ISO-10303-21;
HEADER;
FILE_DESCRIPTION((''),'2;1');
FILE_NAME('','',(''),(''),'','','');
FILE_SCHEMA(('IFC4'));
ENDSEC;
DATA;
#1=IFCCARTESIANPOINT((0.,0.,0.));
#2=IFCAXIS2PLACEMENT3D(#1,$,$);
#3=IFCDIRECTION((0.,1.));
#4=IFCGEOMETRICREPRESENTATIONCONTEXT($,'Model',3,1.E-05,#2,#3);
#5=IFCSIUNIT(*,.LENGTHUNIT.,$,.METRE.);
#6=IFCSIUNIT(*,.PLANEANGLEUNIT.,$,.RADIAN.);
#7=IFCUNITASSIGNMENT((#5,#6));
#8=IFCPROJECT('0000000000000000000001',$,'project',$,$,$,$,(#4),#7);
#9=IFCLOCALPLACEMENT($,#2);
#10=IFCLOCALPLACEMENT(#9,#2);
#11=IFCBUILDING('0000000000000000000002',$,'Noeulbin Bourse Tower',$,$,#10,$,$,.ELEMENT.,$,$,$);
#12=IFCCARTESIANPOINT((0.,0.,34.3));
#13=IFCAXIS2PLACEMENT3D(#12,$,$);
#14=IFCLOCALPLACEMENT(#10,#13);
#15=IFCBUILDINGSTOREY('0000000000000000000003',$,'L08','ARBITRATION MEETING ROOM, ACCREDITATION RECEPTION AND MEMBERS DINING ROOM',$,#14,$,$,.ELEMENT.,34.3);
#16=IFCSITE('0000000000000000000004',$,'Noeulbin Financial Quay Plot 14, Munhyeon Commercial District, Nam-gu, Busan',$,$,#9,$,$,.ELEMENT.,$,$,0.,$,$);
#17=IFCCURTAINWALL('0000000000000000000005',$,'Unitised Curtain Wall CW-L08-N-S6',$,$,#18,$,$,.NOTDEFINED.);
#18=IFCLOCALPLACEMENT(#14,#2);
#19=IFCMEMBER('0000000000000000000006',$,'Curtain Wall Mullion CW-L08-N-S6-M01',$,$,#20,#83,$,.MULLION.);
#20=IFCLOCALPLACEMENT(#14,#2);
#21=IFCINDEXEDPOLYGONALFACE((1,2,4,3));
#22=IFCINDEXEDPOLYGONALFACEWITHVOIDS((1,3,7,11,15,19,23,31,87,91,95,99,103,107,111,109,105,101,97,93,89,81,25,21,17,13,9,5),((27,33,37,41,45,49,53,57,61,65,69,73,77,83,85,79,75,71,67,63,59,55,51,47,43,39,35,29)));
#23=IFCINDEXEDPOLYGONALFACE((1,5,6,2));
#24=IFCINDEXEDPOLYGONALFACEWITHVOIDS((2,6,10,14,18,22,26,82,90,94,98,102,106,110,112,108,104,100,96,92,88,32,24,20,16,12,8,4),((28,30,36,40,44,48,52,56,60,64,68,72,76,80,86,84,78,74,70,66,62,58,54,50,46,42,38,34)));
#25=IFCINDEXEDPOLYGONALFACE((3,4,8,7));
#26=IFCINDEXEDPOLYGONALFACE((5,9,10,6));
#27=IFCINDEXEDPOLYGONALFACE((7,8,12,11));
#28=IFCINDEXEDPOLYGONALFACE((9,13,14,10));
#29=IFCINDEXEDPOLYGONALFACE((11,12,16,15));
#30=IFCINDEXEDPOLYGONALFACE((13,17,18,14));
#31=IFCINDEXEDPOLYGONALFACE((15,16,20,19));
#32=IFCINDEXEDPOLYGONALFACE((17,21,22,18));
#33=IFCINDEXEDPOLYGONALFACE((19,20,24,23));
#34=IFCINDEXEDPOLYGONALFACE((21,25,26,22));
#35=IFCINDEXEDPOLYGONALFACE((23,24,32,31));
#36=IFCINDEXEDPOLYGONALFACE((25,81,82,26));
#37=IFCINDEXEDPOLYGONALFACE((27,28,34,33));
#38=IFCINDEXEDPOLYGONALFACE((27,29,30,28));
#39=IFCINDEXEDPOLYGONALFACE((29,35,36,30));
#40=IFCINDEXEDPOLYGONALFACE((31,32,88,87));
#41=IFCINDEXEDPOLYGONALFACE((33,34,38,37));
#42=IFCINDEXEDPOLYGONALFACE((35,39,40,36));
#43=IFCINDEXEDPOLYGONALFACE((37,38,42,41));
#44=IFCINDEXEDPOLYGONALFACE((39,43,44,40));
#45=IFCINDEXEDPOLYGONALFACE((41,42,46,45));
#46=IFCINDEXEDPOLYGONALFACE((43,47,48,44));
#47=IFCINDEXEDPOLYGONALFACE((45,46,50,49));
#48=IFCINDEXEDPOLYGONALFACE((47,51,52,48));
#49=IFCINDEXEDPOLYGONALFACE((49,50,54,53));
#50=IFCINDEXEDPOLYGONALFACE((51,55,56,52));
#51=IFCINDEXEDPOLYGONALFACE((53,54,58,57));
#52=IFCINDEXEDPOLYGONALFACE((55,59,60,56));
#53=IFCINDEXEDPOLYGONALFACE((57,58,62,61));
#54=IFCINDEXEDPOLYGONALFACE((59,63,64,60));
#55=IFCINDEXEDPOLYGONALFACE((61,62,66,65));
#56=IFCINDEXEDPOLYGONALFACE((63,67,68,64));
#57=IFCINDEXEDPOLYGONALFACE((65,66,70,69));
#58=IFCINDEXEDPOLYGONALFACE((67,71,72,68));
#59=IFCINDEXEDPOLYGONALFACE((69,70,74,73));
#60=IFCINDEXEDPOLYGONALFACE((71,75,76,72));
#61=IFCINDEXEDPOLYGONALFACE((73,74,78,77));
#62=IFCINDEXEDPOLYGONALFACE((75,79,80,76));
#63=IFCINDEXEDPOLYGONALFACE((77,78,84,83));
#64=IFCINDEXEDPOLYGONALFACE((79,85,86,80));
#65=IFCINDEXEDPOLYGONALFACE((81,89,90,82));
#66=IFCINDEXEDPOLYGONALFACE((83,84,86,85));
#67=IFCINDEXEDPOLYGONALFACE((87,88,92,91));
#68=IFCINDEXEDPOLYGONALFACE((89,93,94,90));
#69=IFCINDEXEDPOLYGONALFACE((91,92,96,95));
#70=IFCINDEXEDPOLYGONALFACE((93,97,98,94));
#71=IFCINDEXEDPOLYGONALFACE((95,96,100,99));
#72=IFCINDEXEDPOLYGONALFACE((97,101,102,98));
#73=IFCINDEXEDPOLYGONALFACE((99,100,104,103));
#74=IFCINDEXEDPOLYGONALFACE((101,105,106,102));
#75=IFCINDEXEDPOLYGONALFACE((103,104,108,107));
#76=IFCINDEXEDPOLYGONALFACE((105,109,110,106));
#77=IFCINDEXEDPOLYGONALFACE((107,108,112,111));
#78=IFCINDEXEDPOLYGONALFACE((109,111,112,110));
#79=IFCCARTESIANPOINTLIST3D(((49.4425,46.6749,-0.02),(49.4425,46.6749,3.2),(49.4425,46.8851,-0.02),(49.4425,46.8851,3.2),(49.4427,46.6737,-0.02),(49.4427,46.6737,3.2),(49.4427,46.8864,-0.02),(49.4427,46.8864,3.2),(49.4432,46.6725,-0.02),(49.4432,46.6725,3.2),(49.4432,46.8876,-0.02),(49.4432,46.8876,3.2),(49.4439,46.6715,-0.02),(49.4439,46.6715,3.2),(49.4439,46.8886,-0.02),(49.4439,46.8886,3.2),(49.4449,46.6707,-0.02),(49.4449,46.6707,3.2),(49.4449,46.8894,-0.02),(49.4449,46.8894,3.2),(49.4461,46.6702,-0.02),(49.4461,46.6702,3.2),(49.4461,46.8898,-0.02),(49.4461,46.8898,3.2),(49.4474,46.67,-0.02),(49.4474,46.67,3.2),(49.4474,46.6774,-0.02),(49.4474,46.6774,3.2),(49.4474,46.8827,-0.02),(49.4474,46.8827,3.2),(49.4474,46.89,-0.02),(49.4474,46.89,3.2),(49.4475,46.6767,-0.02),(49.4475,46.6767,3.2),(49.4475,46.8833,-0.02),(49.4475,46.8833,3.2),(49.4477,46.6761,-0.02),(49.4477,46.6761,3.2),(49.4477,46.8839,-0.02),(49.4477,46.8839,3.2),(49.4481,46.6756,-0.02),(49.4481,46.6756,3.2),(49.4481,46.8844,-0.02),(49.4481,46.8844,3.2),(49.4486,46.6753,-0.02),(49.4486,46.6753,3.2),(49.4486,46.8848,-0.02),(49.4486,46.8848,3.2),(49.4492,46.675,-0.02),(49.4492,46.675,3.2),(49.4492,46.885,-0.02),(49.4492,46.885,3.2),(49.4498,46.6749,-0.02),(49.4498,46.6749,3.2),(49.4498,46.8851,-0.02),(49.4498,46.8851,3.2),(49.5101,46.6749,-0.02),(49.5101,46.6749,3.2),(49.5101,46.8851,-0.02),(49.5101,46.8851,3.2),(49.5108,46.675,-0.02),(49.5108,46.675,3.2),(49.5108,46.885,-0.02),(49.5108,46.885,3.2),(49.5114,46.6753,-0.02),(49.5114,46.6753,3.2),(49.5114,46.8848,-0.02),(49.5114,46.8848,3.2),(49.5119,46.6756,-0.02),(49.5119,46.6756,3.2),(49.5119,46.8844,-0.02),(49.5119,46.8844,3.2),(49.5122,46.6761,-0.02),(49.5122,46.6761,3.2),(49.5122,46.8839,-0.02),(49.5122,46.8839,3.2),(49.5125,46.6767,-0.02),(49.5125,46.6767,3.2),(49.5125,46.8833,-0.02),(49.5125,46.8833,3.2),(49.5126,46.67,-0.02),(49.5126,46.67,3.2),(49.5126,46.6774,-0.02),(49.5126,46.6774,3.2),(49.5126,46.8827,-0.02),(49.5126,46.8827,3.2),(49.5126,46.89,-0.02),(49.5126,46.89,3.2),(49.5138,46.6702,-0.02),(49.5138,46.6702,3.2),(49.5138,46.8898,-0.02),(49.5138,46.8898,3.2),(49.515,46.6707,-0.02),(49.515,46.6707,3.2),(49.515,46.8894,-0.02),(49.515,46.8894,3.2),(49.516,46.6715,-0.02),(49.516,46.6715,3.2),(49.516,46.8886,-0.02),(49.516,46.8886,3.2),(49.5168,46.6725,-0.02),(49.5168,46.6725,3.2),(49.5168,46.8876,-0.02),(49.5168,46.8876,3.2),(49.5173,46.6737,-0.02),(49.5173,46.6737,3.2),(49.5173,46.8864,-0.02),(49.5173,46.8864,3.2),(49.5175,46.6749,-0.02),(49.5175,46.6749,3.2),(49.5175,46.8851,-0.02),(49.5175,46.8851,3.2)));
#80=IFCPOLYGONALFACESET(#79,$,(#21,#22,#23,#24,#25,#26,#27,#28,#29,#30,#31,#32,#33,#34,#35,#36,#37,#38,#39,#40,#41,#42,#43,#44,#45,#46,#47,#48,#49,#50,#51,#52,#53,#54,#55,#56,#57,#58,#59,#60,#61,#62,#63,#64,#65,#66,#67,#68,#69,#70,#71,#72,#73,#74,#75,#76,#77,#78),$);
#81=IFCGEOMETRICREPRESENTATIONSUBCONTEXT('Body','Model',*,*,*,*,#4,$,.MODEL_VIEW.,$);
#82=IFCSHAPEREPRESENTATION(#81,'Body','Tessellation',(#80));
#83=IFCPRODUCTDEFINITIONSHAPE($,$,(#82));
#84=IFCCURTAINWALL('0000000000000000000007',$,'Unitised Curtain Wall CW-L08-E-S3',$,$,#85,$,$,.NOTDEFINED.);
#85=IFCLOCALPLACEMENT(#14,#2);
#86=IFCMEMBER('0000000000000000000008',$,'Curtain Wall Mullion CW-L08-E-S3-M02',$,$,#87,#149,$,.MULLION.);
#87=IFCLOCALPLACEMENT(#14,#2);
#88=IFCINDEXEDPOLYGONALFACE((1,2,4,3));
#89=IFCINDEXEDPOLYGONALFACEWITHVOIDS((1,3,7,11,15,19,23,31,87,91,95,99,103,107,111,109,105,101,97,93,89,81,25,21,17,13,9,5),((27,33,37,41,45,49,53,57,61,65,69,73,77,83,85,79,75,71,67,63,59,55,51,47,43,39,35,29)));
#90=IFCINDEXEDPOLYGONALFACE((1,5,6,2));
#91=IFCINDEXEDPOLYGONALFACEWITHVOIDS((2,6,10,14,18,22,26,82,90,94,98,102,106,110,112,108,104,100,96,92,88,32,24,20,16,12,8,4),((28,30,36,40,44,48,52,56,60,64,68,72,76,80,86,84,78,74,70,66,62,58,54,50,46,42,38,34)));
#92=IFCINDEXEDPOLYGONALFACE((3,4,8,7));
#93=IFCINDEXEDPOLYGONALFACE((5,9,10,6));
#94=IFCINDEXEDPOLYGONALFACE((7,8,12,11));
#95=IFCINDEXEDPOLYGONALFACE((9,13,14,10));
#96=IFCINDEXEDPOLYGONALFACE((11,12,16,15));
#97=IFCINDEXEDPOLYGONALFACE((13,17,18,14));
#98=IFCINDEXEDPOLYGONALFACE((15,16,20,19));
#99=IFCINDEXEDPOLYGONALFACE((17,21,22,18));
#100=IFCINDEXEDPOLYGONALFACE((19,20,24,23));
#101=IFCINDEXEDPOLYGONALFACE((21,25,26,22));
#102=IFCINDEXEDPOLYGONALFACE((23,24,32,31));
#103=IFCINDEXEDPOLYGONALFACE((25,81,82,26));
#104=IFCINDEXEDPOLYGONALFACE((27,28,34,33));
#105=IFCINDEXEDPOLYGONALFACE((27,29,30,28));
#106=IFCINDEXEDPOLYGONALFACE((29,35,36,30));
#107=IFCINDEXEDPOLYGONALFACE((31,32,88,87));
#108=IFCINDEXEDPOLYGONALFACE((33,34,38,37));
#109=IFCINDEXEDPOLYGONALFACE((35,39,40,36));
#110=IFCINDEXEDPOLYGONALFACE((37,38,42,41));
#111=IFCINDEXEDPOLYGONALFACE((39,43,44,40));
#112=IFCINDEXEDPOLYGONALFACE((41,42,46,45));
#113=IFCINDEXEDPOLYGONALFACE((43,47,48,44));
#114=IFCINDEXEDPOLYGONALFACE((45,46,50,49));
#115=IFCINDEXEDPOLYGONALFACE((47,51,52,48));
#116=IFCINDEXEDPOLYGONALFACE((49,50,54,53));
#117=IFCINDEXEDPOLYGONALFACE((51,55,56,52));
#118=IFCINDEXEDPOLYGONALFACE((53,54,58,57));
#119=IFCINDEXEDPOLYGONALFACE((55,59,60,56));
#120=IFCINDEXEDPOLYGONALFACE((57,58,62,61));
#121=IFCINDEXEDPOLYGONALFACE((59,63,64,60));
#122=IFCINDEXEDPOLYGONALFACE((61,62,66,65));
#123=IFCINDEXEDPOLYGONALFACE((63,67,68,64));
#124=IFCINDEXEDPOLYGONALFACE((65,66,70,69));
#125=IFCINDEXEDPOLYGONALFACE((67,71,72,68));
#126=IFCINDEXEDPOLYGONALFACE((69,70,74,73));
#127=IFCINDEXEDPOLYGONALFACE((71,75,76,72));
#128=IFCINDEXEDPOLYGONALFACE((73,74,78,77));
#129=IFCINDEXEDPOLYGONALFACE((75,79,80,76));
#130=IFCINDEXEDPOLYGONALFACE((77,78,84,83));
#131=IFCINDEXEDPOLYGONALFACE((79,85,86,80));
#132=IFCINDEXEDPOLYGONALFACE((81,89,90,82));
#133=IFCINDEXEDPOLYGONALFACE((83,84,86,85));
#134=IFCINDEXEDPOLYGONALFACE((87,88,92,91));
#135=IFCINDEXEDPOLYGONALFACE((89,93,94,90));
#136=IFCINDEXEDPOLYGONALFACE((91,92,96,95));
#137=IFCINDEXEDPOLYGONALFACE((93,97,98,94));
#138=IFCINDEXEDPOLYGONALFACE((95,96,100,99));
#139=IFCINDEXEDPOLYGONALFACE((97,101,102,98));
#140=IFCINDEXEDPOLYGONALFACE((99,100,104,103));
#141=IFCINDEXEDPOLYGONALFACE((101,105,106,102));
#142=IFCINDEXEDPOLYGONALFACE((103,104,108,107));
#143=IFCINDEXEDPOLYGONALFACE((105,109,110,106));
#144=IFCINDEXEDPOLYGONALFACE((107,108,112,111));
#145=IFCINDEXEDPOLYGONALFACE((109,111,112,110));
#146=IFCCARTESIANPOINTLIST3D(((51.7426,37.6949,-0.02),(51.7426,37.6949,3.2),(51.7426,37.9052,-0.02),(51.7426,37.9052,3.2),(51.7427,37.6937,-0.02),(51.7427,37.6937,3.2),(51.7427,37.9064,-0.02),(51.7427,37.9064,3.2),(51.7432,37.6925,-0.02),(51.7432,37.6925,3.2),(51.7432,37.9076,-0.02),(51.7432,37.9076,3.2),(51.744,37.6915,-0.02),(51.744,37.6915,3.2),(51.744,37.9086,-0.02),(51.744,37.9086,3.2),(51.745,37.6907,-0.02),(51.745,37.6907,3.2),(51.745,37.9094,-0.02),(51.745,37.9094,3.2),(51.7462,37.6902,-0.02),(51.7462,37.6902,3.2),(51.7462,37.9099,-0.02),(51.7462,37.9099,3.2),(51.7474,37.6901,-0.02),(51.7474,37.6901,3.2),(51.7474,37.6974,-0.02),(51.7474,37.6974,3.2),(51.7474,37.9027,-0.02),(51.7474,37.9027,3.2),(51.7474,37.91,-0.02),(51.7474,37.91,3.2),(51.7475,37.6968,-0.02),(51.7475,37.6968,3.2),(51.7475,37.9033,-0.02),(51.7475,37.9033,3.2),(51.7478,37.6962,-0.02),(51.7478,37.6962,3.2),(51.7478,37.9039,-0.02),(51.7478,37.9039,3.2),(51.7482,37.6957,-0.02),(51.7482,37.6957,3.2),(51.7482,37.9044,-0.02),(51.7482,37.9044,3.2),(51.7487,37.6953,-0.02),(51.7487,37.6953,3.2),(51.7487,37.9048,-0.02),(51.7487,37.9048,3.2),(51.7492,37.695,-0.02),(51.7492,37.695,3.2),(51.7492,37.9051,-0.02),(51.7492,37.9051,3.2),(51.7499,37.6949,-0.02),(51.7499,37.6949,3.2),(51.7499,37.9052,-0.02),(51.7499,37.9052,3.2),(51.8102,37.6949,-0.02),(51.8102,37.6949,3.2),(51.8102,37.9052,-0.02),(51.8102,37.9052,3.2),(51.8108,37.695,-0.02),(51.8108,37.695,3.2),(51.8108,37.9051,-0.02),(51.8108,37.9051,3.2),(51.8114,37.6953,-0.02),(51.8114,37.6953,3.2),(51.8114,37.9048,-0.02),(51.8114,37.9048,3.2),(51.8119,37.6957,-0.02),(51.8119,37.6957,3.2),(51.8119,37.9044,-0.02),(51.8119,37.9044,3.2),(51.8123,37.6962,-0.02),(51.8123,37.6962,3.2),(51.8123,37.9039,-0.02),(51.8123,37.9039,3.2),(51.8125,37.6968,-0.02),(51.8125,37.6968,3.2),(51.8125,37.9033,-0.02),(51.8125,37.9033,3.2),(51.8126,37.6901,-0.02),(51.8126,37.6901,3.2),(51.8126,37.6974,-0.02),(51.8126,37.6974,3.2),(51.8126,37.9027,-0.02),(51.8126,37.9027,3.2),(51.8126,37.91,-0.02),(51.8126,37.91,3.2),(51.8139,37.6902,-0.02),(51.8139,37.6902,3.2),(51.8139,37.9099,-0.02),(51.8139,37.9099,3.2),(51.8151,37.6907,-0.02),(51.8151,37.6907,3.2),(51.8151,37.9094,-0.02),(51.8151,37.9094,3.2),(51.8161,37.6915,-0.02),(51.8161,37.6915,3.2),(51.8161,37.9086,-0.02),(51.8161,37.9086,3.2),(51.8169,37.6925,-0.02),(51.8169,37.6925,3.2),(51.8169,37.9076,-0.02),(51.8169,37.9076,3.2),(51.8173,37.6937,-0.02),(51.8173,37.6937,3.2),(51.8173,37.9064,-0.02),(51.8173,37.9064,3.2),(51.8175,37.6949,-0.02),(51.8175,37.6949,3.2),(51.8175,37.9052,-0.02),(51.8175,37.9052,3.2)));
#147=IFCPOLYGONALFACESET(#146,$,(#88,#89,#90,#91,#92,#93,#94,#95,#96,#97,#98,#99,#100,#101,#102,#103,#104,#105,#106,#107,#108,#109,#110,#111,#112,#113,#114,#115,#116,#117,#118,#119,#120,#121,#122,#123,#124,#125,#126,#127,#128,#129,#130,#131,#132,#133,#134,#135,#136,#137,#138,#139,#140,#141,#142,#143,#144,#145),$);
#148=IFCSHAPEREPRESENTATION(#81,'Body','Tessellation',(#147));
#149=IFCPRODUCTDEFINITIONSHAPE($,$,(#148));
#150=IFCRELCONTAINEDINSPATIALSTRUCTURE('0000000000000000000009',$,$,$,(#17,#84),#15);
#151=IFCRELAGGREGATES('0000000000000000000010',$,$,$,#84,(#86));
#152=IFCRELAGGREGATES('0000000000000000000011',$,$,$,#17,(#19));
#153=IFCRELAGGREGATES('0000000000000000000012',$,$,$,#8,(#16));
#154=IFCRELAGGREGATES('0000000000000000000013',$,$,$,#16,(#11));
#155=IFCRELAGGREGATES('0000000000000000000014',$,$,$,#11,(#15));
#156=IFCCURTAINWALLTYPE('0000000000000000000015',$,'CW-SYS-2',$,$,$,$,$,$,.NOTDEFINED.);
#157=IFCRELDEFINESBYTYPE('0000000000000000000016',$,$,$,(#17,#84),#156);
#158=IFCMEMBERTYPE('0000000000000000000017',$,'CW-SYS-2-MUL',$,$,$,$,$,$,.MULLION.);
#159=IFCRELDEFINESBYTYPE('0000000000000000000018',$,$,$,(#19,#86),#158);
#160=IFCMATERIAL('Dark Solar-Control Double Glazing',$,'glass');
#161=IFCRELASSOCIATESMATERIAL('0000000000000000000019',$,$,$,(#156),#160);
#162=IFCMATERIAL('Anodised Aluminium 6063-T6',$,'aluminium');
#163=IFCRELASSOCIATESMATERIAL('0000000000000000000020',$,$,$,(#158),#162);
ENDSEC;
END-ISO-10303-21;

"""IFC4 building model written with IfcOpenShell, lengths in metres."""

from ifc_helpers import new_model, si_unit, direction, frame, origin, origin_2d, place, context, subcontext, project, spatial, hollow_rectangle, extrude, material, material_profile, profile_set, type_object, element, aggregate, save


model = new_model("IFC4")

# Units and contexts
model_context = context("Model", 3, precision=1e-05, world=origin(), true_north=direction((0.0, 1.0)))
body_context = subcontext(model_context, "Body", "Model", "MODEL_VIEW")
ifc_project = project(units=[si_unit("LENGTHUNIT", "METRE"), si_unit("PLANEANGLEUNIT", "RADIAN")], contexts=[model_context])

# Site, building, storey
site_placement = place(None, origin())
site = spatial("IfcSite", under=ifc_project, at=site_placement, Name="Noeulbin Financial Quay Plot 14, Munhyeon Commercial District, Nam-gu, Busan", CompositionType="ELEMENT", RefElevation=0.0)
building_placement = place(site_placement, origin())
building = spatial("IfcBuilding", under=site, at=building_placement, Name="Noeulbin Bourse Tower", CompositionType="ELEMENT")
storey_placement = place(building_placement, frame((0.0, 0.0, 34.3)))
storey = spatial("IfcBuildingStorey", under=building, at=storey_placement, Name="L08", Description="ARBITRATION MEETING ROOM, ACCREDITATION RECEPTION AND MEMBERS DINING ROOM", CompositionType="ELEMENT", Elevation=34.3)

# Shared definitions
ifc_material_1 = material(Name="Dark Solar-Control Double Glazing", Category="glass")
curtain_wall_type = type_object("IfcCurtainWallType", Name="CW-SYS-2", PredefinedType="NOTDEFINED", material=ifc_material_1)
ifc_material_2 = material(Name="Anodised Aluminium 6063-T6", Category="aluminium")
ifc_material_profile_1 = material_profile(ifc_material_2, hollow_rectangle(XDim=0.075, YDim=0.22, WallThickness=0.0049, InnerFilletRadius=0.0024, OuterFilletRadius=0.0049, at=origin_2d()), Name="ALU-MULL-75x220x5", Category="LoadBearing")
ifc_profile_set_1 = profile_set([ifc_material_profile_1], Name="Anodised Aluminium 6063-T6")
member_type_1 = type_object("IfcMemberType", Name="CW-SYS-2-MUL", PredefinedType="MULLION", material=ifc_profile_set_1)

# Curtain wall, member
curtain_wall_1_placement = place(storey_placement, origin())
curtain_wall_1 = element("IfcCurtainWall", 1, at=curtain_wall_1_placement, inside=storey, type_object=curtain_wall_type, Name="Unitised Curtain Wall CW-L08-N-S6", PredefinedType="NOTDEFINED")
member_1_placement = place(storey_placement, frame((49.48, 46.78, -0.02), z_axis=(0.0, 0.0, 1.0), x_axis=(1.0, 0.0, 0.0)))
member_1 = element("IfcMember", 2, at=member_1_placement, type_object=member_type_1, Name="Curtain Wall Mullion CW-L08-N-S6-M01", PredefinedType="MULLION", context=body_context, shape_type="SweptSolid", body=[
    extrude(hollow_rectangle(XDim=0.075, YDim=0.22, WallThickness=0.0049, InnerFilletRadius=0.0024, OuterFilletRadius=0.0049, at=origin_2d()), origin(), (0.0, 0.0, 1.0), 3.22),
])

# Curtain wall, member
curtain_wall_2_placement = place(storey_placement, origin())
curtain_wall_2 = element("IfcCurtainWall", 3, at=curtain_wall_2_placement, inside=storey, type_object=curtain_wall_type, Name="Unitised Curtain Wall CW-L08-E-S3", PredefinedType="NOTDEFINED")
member_2_placement = place(storey_placement, frame((51.78, 37.8, -0.02), z_axis=(0.0, 0.0, 1.0), x_axis=(1.0, 0.0, 0.0)))
member_2 = element("IfcMember", 4, at=member_2_placement, type_object=member_type_1, Name="Curtain Wall Mullion CW-L08-E-S3-M02", PredefinedType="MULLION", context=body_context, shape_type="SweptSolid", body=[
    extrude(hollow_rectangle(XDim=0.075, YDim=0.22, WallThickness=0.0049, InnerFilletRadius=0.0024, OuterFilletRadius=0.0049, at=origin_2d()), origin(), (0.0, 0.0, 1.0), 3.22),
])
aggregate(curtain_wall_2, [member_2])

aggregate(curtain_wall_1, [member_1])

save(model, "model.ifc")
